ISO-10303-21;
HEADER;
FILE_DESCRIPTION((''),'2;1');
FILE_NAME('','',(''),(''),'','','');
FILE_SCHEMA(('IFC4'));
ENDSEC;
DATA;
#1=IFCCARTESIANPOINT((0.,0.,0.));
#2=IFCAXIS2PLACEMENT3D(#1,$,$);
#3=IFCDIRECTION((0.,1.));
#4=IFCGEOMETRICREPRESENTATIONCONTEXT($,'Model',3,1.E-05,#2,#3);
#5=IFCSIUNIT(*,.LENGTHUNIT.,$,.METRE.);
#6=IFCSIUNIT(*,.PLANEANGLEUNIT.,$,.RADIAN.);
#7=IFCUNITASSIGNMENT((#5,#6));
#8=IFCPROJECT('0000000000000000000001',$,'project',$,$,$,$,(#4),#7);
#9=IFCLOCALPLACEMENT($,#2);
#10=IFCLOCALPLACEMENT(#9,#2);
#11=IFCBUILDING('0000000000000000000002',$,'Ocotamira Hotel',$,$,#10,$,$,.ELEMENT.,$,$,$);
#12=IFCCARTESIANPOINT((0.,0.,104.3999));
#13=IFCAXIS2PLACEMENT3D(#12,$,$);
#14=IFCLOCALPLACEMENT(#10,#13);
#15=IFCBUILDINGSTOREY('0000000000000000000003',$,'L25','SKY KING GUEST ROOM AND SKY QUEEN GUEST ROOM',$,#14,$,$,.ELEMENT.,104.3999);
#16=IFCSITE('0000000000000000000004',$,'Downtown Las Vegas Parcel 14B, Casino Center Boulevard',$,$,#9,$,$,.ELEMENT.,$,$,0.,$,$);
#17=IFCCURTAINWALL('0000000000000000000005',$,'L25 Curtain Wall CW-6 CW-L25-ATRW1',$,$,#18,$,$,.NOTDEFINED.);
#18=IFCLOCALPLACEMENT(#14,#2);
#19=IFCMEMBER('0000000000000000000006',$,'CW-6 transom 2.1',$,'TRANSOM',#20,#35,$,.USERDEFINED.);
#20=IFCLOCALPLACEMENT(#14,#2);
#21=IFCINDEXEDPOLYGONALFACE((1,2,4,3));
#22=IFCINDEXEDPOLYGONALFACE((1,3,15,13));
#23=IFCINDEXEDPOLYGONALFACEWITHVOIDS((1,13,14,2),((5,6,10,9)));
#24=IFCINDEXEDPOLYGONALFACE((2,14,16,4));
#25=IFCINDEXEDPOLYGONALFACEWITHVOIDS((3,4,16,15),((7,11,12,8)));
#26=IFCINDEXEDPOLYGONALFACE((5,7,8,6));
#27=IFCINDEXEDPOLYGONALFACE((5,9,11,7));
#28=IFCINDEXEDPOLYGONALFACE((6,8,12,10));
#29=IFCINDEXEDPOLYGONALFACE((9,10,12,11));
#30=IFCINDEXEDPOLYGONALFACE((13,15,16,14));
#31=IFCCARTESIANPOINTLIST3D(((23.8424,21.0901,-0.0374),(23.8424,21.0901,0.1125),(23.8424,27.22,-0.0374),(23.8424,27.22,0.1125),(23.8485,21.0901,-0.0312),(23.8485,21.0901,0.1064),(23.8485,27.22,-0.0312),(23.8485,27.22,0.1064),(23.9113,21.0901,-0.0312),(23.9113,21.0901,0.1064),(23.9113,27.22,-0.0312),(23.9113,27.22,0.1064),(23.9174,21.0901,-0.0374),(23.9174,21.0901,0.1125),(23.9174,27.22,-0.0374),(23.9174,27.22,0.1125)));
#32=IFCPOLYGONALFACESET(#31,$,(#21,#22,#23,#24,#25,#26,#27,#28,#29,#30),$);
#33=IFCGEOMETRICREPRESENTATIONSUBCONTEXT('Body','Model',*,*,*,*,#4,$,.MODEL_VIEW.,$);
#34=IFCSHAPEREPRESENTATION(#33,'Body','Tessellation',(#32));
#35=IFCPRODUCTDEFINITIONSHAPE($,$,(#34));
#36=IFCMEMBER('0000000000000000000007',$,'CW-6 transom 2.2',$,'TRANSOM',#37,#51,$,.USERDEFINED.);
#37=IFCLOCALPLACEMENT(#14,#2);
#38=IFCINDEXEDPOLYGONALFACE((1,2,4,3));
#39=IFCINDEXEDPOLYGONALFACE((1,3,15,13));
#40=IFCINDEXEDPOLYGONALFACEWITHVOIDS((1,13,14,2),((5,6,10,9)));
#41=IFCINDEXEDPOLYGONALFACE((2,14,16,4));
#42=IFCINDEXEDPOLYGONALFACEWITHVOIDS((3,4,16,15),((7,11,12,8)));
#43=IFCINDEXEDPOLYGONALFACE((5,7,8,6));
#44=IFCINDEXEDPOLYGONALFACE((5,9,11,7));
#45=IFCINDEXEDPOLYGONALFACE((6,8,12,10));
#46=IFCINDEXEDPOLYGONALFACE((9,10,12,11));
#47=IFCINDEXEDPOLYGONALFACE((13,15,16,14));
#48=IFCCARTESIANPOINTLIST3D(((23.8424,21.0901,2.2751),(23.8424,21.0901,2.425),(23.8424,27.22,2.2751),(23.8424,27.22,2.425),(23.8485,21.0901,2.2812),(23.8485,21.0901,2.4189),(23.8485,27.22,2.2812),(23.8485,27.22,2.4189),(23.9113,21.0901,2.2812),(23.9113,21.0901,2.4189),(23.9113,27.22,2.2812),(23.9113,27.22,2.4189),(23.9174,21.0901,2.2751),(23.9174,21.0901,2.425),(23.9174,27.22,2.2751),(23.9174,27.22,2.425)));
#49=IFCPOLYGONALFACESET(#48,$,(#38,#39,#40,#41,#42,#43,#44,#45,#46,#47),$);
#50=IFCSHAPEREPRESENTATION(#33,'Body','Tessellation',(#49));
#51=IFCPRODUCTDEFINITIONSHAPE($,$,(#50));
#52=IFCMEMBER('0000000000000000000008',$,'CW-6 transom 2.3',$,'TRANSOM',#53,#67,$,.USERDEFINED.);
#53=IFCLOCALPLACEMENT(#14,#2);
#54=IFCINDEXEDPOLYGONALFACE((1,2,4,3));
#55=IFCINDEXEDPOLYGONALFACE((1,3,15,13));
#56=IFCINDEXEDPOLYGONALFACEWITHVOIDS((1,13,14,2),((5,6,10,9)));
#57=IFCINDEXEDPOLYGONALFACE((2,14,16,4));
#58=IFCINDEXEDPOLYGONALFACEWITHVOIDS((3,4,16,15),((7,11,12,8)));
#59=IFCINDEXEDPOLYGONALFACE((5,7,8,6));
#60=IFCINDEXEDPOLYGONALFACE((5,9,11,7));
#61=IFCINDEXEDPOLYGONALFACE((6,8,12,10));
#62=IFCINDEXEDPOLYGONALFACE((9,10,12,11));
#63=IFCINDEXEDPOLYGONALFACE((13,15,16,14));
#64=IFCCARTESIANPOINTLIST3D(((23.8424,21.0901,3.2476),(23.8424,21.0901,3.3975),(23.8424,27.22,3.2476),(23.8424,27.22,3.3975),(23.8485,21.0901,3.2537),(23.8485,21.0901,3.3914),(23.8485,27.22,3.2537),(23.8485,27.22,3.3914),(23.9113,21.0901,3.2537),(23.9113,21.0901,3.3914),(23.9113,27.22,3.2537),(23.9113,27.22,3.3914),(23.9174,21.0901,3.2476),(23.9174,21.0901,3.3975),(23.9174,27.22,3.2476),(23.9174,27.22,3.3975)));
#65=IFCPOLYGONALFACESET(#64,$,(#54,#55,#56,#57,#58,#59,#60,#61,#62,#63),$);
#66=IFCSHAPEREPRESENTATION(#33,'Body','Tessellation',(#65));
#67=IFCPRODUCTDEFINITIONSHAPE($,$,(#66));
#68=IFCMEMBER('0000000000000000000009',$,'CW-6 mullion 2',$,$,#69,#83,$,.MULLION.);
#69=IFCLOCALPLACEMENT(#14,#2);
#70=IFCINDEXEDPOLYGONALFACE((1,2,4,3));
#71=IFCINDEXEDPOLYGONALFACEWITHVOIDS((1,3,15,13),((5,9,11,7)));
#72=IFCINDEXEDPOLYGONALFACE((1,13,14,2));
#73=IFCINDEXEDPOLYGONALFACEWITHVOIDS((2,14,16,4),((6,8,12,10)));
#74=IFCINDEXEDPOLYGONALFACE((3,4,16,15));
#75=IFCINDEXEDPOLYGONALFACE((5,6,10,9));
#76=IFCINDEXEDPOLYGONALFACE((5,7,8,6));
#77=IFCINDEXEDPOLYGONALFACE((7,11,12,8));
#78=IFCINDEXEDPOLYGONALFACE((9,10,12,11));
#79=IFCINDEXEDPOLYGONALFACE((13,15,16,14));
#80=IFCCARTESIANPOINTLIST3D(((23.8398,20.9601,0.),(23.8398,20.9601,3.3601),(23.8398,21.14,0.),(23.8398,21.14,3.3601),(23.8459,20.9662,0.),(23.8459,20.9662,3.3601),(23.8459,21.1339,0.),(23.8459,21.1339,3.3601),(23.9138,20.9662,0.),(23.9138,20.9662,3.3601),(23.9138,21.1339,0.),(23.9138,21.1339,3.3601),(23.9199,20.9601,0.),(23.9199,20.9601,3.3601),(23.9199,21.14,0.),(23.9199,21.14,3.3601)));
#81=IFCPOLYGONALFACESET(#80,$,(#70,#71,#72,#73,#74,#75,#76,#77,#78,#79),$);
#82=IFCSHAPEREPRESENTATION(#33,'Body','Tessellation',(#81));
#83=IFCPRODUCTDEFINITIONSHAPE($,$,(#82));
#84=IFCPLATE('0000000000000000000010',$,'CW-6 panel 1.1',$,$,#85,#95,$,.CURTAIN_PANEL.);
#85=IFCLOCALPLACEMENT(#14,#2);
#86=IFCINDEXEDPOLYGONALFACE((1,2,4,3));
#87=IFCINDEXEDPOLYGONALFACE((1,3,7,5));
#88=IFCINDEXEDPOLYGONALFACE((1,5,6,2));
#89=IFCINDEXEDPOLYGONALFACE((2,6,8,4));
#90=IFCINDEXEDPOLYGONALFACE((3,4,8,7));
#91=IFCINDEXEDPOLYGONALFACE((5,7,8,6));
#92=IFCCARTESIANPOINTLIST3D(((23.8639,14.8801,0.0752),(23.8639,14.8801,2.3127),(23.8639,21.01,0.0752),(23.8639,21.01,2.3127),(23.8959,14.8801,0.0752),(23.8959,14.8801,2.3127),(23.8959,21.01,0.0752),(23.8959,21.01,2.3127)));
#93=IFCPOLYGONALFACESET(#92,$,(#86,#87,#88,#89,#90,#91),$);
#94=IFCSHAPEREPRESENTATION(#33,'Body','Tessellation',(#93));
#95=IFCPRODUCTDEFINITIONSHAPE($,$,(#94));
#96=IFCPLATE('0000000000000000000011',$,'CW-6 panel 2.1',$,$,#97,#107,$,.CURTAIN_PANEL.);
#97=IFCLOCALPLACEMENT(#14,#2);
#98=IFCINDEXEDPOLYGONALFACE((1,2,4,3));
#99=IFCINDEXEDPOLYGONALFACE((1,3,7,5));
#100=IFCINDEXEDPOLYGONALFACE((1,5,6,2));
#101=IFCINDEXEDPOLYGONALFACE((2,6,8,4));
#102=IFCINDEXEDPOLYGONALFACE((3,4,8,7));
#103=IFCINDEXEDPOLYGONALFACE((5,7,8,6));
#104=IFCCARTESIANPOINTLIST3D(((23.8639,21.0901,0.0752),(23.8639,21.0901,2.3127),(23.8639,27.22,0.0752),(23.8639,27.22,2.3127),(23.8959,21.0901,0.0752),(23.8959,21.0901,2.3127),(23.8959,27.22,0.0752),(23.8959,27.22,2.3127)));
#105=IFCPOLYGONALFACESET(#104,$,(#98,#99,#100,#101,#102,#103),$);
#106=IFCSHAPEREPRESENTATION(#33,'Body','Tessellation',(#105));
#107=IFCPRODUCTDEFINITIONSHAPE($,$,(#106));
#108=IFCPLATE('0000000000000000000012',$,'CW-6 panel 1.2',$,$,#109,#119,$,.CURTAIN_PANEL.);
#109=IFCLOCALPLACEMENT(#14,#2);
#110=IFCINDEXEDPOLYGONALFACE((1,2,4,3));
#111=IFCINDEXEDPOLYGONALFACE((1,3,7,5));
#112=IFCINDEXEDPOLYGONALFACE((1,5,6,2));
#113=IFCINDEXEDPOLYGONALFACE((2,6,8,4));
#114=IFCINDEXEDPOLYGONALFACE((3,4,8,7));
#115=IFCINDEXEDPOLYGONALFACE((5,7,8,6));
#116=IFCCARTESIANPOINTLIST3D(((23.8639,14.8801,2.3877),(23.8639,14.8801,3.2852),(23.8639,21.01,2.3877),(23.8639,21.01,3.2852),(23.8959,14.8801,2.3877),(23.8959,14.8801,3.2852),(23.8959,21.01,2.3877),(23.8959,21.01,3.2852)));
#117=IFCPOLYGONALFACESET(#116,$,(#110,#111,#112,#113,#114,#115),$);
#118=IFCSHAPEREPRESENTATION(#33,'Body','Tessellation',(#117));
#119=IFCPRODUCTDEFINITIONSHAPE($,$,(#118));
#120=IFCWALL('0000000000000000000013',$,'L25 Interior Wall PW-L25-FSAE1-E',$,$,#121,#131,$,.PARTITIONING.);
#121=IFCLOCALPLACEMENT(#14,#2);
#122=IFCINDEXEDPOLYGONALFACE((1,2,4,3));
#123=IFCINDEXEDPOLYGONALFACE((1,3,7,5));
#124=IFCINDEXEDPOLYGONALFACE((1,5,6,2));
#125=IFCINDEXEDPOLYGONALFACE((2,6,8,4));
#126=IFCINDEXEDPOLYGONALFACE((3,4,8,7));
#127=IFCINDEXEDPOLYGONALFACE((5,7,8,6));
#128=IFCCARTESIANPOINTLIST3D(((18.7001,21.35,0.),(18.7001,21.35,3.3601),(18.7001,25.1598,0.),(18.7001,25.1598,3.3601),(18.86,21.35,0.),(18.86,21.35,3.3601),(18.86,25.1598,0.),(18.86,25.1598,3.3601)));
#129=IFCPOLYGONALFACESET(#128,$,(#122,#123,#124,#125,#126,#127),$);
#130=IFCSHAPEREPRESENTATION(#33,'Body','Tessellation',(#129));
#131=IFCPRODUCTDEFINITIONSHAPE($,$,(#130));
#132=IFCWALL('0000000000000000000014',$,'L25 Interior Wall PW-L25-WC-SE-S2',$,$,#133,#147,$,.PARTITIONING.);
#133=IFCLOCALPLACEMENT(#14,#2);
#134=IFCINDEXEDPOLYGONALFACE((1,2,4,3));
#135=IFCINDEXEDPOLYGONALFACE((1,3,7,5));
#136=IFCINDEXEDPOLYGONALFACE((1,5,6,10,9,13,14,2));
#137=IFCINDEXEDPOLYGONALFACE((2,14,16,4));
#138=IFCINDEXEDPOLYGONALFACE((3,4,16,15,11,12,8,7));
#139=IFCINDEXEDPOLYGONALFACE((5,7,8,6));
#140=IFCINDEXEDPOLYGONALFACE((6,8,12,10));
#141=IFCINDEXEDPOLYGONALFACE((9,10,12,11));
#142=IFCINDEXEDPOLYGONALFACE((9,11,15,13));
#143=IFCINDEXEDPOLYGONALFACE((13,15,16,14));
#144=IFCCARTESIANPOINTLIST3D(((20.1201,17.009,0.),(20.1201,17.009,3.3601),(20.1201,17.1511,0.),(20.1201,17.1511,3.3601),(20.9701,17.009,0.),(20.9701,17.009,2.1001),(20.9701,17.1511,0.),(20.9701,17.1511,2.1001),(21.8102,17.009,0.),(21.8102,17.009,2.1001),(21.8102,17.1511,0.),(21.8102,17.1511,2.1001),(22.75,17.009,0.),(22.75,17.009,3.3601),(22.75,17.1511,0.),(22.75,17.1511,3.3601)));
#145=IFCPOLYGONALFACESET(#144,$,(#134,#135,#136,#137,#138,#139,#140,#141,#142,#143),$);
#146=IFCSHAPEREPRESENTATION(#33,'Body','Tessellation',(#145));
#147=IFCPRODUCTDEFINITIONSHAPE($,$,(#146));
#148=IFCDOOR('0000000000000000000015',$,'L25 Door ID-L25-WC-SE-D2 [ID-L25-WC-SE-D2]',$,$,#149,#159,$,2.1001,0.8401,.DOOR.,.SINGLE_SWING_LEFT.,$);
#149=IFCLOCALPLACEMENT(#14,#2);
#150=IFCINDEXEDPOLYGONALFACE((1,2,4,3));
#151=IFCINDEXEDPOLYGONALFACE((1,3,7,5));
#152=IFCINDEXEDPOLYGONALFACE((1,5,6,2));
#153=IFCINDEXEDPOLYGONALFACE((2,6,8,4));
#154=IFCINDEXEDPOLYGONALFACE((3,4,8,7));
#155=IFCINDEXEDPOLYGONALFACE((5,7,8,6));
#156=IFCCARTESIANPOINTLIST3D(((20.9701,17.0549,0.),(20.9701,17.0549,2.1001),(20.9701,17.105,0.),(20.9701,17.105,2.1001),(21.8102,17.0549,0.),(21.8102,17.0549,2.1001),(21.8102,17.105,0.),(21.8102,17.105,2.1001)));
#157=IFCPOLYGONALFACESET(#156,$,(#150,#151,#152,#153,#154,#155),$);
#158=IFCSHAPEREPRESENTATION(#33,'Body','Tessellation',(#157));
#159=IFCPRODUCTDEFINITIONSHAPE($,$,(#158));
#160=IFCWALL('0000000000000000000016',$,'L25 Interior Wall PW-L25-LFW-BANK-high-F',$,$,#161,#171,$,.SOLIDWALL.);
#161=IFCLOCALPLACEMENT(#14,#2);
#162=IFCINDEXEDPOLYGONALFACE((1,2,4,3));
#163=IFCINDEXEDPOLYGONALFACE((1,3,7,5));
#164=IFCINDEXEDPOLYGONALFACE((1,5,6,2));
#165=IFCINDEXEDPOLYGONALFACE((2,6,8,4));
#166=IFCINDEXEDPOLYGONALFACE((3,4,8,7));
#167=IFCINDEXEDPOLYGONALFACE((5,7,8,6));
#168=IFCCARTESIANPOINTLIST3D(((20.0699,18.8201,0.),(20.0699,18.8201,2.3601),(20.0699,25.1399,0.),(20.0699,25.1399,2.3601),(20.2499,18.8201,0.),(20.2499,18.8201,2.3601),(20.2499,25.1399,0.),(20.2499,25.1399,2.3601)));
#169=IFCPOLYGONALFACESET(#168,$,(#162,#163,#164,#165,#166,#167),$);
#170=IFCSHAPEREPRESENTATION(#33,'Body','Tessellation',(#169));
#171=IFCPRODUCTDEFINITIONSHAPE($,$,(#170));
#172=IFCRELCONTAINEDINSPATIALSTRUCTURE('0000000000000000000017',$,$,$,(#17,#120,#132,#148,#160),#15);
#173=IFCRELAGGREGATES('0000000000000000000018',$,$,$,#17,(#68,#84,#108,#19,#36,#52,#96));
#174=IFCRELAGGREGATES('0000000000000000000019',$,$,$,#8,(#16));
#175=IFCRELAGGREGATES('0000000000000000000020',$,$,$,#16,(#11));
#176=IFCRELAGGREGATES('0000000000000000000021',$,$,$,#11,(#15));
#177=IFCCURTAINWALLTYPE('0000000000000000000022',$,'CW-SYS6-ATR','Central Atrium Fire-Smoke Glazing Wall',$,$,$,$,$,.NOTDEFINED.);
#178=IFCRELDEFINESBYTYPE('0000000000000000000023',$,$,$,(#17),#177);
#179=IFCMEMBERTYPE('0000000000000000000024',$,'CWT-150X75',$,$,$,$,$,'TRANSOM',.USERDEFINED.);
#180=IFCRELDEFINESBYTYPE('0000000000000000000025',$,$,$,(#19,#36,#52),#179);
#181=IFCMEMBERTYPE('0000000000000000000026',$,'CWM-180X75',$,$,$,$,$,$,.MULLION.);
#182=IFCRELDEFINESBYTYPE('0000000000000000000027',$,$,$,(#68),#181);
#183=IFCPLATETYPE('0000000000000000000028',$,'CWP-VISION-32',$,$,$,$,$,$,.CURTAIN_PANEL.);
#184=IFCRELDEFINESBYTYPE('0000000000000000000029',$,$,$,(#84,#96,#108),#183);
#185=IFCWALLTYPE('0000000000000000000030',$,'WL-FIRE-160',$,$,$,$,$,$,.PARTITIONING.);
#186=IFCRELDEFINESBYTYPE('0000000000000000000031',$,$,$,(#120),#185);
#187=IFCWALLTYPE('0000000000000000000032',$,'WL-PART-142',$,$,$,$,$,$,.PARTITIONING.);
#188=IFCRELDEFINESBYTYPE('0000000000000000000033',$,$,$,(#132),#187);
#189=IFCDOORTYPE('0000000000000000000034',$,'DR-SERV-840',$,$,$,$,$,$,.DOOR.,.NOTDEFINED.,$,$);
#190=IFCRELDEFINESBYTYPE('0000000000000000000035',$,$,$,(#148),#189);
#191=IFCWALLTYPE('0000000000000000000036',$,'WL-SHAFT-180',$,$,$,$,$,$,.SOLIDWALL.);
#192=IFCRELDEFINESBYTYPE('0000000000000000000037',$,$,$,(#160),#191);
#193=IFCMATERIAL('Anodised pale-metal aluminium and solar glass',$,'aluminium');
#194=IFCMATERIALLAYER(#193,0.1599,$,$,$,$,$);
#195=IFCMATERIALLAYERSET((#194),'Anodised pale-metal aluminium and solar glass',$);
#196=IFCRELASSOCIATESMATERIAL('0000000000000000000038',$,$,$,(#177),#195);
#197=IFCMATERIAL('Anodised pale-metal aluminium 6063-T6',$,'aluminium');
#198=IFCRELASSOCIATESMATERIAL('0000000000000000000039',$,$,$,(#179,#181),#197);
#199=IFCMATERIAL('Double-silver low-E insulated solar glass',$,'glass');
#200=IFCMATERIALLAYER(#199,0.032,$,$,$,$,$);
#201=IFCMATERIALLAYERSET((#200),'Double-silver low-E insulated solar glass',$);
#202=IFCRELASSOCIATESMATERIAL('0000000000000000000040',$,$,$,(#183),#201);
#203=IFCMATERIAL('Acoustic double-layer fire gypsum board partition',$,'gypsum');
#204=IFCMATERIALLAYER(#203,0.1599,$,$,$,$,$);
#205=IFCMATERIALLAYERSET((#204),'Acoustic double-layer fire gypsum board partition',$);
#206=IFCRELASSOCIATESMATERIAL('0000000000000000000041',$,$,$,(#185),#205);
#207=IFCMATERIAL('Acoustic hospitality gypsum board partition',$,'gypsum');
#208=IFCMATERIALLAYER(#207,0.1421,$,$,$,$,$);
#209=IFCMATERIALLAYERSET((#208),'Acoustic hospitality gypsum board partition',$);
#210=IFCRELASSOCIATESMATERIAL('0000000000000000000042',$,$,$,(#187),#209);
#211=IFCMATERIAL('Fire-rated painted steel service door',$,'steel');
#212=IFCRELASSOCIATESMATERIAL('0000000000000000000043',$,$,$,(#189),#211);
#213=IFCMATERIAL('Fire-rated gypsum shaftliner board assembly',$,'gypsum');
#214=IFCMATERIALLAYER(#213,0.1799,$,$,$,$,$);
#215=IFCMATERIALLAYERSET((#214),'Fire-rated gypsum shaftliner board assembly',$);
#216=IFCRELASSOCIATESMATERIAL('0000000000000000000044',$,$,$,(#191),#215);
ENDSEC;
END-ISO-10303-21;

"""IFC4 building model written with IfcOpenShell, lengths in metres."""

from ifc_helpers import new_model, si_unit, direction, frame, frame_2d, origin, origin_2d, place, context, subcontext, project, spatial, rectangle, hollow_rectangle, extrude, source, transform, mapped, material, layer, layer_set, material_profile, profile_set, type_object, element, fill, aggregate, save


model = new_model("IFC4")

# Units and contexts
model_context = context("Model", 3, precision=1e-05, world=origin(), true_north=direction((0.0, 1.0)))
body_context = subcontext(model_context, "Body", "Model", "MODEL_VIEW")
ifc_project = project(units=[si_unit("LENGTHUNIT", "METRE"), si_unit("PLANEANGLEUNIT", "RADIAN")], contexts=[model_context])

# Site, building, storey
site_placement = place(None, origin())
site = spatial("IfcSite", under=ifc_project, at=site_placement, Name="Downtown Las Vegas Parcel 14B, Casino Center Boulevard", CompositionType="ELEMENT", RefElevation=0.0)
building_placement = place(site_placement, origin())
building = spatial("IfcBuilding", under=site, at=building_placement, Name="Ocotamira Hotel", CompositionType="ELEMENT")
storey_placement = place(building_placement, frame((0.0, 0.0, 104.3999)))
storey = spatial("IfcBuildingStorey", under=building, at=storey_placement, Name="L25", Description="SKY KING GUEST ROOM AND SKY QUEEN GUEST ROOM", CompositionType="ELEMENT", Elevation=104.3999)

# Curtain wall, members, plates
ifc_material_1 = material(Name="Anodised pale-metal aluminium and solar glass", Category="aluminium")
ifc_layer_1 = layer(ifc_material_1, 0.1599)
ifc_layer_set_1 = layer_set([ifc_layer_1], Name="Anodised pale-metal aluminium and solar glass")
curtain_wall_type = type_object("IfcCurtainWallType", Name="CW-SYS6-ATR", Description="Central Atrium Fire-Smoke Glazing Wall", PredefinedType="NOTDEFINED", material=ifc_layer_set_1)
curtain_wall_placement = place(storey_placement, origin())
curtain_wall = element("IfcCurtainWall", 1, at=curtain_wall_placement, inside=storey, type_object=curtain_wall_type, Name="L25 Curtain Wall CW-6 CW-L25-ATRW1", PredefinedType="NOTDEFINED")
ifc_material_2 = material(Name="Anodised pale-metal aluminium 6063-T6", Category="aluminium")
ifc_material_profile_1 = material_profile(ifc_material_2, hollow_rectangle(XDim=0.075, YDim=0.1499, WallThickness=0.0061, at=origin_2d()), Name="HSS150X75X6")
ifc_profile_set_1 = profile_set([ifc_material_profile_1], Name="Anodised pale-metal aluminium 6063-T6")
member_type_1 = type_object("IfcMemberType", Name="CWT-150X75", ElementType="TRANSOM", PredefinedType="USERDEFINED", material=ifc_profile_set_1)
shared_shape_1 = source(origin(), body_context, "Body", "SweptSolid", [
    extrude(hollow_rectangle(XDim=0.075, YDim=0.1499, WallThickness=0.0061, at=origin_2d()), origin(), (0.0, 0.0, 1.0), 6.1299),
])
member_1_placement = place(storey_placement, frame((23.8799, 21.0901, 0.0376), z_axis=(0.0, 1.0, 0.0), x_axis=(-1.0, 0.0, 0.0)))
member_1 = element("IfcMember", 2, at=member_1_placement, type_object=member_type_1, Name="CW-6 transom 2.1", ObjectType="TRANSOM", PredefinedType="USERDEFINED", context=body_context, shape_type="MappedRepresentation", body=[
    mapped(shared_shape_1, transform((0.0, 0.0, 0.0), scale=1.0)),
])
member_2_placement = place(storey_placement, frame((23.8799, 21.0901, 2.3501), z_axis=(0.0, 1.0, 0.0), x_axis=(-1.0, 0.0, 0.0)))
member_2 = element("IfcMember", 3, at=member_2_placement, type_object=member_type_1, Name="CW-6 transom 2.2", ObjectType="TRANSOM", PredefinedType="USERDEFINED", context=body_context, shape_type="MappedRepresentation", body=[
    mapped(shared_shape_1, transform((0.0, 0.0, 0.0), scale=1.0)),
])
member_3_placement = place(storey_placement, frame((23.8799, 21.0901, 3.3225), z_axis=(0.0, 1.0, 0.0), x_axis=(-1.0, 0.0, 0.0)))
member_3 = element("IfcMember", 4, at=member_3_placement, type_object=member_type_1, Name="CW-6 transom 2.3", ObjectType="TRANSOM", PredefinedType="USERDEFINED", context=body_context, shape_type="MappedRepresentation", body=[
    mapped(shared_shape_1, transform((0.0, 0.0, 0.0), scale=1.0)),
])
ifc_material_profile_2 = material_profile(ifc_material_2, hollow_rectangle(XDim=0.0801, YDim=0.1799, WallThickness=0.0061, at=origin_2d()), Name="HSS180X80X6")
ifc_profile_set_2 = profile_set([ifc_material_profile_2], Name="Anodised pale-metal aluminium 6063-T6")
member_type_2 = type_object("IfcMemberType", Name="CWM-180X75", PredefinedType="MULLION", material=ifc_profile_set_2)
shared_shape_2 = source(origin(), body_context, "Body", "SweptSolid", [
    extrude(hollow_rectangle(XDim=0.0801, YDim=0.1799, WallThickness=0.0061, at=origin_2d()), origin(), (0.0, 0.0, 1.0), 3.3601),
])
member_4_placement = place(storey_placement, frame((23.8799, 21.05, 0.0), z_axis=(0.0, 0.0, 1.0), x_axis=(-1.0, 0.0, 0.0)))
member_4 = element("IfcMember", 5, at=member_4_placement, type_object=member_type_2, Name="CW-6 mullion 2", PredefinedType="MULLION", context=body_context, shape_type="MappedRepresentation", body=[
    mapped(shared_shape_2, transform((0.0, 0.0, 0.0), scale=1.0)),
])
ifc_material_3 = material(Name="Double-silver low-E insulated solar glass", Category="glass")
ifc_layer_2 = layer(ifc_material_3, 0.032)
ifc_layer_set_2 = layer_set([ifc_layer_2], Name="Double-silver low-E insulated solar glass")
plate_type = type_object("IfcPlateType", Name="CWP-VISION-32", PredefinedType="CURTAIN_PANEL", material=ifc_layer_set_2)
shared_shape_3 = source(origin(), body_context, "Body", "SweptSolid", [
    extrude(rectangle(XDim=6.1299, YDim=0.032, at=origin_2d()), origin(), (0.0, 0.0, 1.0), 2.2375),
])
plate_1_placement = place(storey_placement, frame((23.8799, 17.9451, 0.0752), z_axis=(0.0, 0.0, 1.0), x_axis=(0.0, 1.0, 0.0)))
plate_1 = element("IfcPlate", 6, at=plate_1_placement, type_object=plate_type, Name="CW-6 panel 1.1", PredefinedType="CURTAIN_PANEL", context=body_context, shape_type="MappedRepresentation", body=[
    mapped(shared_shape_3, transform((0.0, 0.0, 0.0), scale=1.0)),
])
plate_2_placement = place(storey_placement, frame((23.8799, 24.155, 0.0752), z_axis=(0.0, 0.0, 1.0), x_axis=(0.0, 1.0, 0.0)))
plate_2 = element("IfcPlate", 7, at=plate_2_placement, type_object=plate_type, Name="CW-6 panel 2.1", PredefinedType="CURTAIN_PANEL", context=body_context, shape_type="MappedRepresentation", body=[
    mapped(shared_shape_3, transform((0.0, 0.0, 0.0), scale=1.0)),
])
shared_shape_4 = source(origin(), body_context, "Body", "SweptSolid", [
    extrude(rectangle(XDim=6.1299, YDim=0.032, at=origin_2d()), origin(), (0.0, 0.0, 1.0), 0.8975),
])
plate_3_placement = place(storey_placement, frame((23.8799, 17.9451, 2.3877), z_axis=(0.0, 0.0, 1.0), x_axis=(0.0, 1.0, 0.0)))
plate_3 = element("IfcPlate", 8, at=plate_3_placement, type_object=plate_type, Name="CW-6 panel 1.2", PredefinedType="CURTAIN_PANEL", context=body_context, shape_type="MappedRepresentation", body=[
    mapped(shared_shape_4, transform((0.0, 0.0, 0.0), scale=1.0)),
])
aggregate(curtain_wall, [member_4, plate_1, plate_3, member_1, member_2, member_3, plate_2])

# Shared definitions
ifc_material_4 = material(Name="Acoustic double-layer fire gypsum board partition", Category="gypsum")
ifc_layer_3 = layer(ifc_material_4, 0.1599)
ifc_layer_set_3 = layer_set([ifc_layer_3], Name="Acoustic double-layer fire gypsum board partition")
wall_type_1 = type_object("IfcWallType", Name="WL-FIRE-160", PredefinedType="PARTITIONING", material=ifc_layer_set_3)

# Wall
wall_1_placement = place(storey_placement, frame((18.78, 21.3501, 0.0), z_axis=(0.0, 0.0, 1.0), x_axis=(0.0, 1.0, 0.0)))
element("IfcWall", 9, at=wall_1_placement, inside=storey, type_object=wall_type_1, Name="L25 Interior Wall PW-L25-FSAE1-E", PredefinedType="PARTITIONING", context=body_context, shape_type="SweptSolid", body=[
    extrude(rectangle(XDim=3.8098, YDim=0.1599, at=frame_2d((1.9048, 0.0))), origin(), (0.0, 0.0, 1.0), 3.3601),
])

# Wall, opening, door
ifc_material_5 = material(Name="Acoustic hospitality gypsum board partition", Category="gypsum")
ifc_layer_4 = layer(ifc_material_5, 0.1421)
ifc_layer_set_4 = layer_set([ifc_layer_4], Name="Acoustic hospitality gypsum board partition")
wall_type_2 = type_object("IfcWallType", Name="WL-PART-142", PredefinedType="PARTITIONING", material=ifc_layer_set_4)
wall_2_placement = place(storey_placement, frame((20.1201, 17.0801, 0.0), z_axis=(0.0, 0.0, 1.0), x_axis=(1.0, 0.0, 0.0)))
wall_2 = element("IfcWall", 10, at=wall_2_placement, inside=storey, type_object=wall_type_2, Name="L25 Interior Wall PW-L25-WC-SE-S2", PredefinedType="PARTITIONING", context=body_context, shape_type="SweptSolid", body=[
    extrude(rectangle(XDim=2.6299, YDim=0.1421, at=frame_2d((1.3149, 0.0))), origin(), (0.0, 0.0, 1.0), 3.3601),
])
opening_1_placement = place(wall_2_placement, frame((0.8501, 0.0, 0.0)))
opening_1 = element("IfcOpeningElement", 11, at=opening_1_placement, cuts=wall_2, PredefinedType="OPENING", context=body_context, shape_type="SweptSolid", body=[
    extrude(rectangle(XDim=0.8401, YDim=2.1001, at=frame_2d((0.4199, 1.05))), frame((0.0, 0.0811, 0.0), z_axis=(0.0, -1.0, 0.0), x_axis=(1.0, 0.0, 0.0)), (0.0, 0.0, 1.0), 0.1621),
])
ifc_material_6 = material(Name="Fire-rated painted steel service door", Category="steel")
door_type_1 = type_object("IfcDoorType", Name="DR-SERV-840", OperationType="NOTDEFINED", PredefinedType="DOOR", material=ifc_material_6)
shared_shape_5 = source(origin(), body_context, "Body", "SweptSolid", [
    extrude(rectangle(XDim=0.8401, YDim=2.1001, at=frame_2d((0.4199, 1.05))), frame((0.0, 0.0249, 0.0), z_axis=(0.0, -1.0, 0.0), x_axis=(1.0, 0.0, 0.0)), (0.0, 0.0, 1.0), 0.05),
])
door_1_placement = place(opening_1_placement, origin())
door_1 = element("IfcDoor", 12, at=door_1_placement, inside=storey, type_object=door_type_1, Name="L25 Door ID-L25-WC-SE-D2 [ID-L25-WC-SE-D2]", OperationType="SINGLE_SWING_LEFT", OverallHeight=2.1001, OverallWidth=0.8401, PredefinedType="DOOR", context=body_context, shape_type="MappedRepresentation", body=[
    mapped(shared_shape_5, transform((0.0, 0.0, 0.0), scale=1.0)),
])
fill(opening_1, door_1)

# Wall
ifc_material_7 = material(Name="Fire-rated gypsum shaftliner board assembly", Category="gypsum")
ifc_layer_5 = layer(ifc_material_7, 0.1799)
ifc_layer_set_5 = layer_set([ifc_layer_5], Name="Fire-rated gypsum shaftliner board assembly")
wall_type_3 = type_object("IfcWallType", Name="WL-SHAFT-180", PredefinedType="SOLIDWALL", material=ifc_layer_set_5)
wall_3_placement = place(storey_placement, frame((20.1599, 18.8201, 0.0), z_axis=(0.0, 0.0, 1.0), x_axis=(0.0, 1.0, 0.0)))
element("IfcWall", 13, at=wall_3_placement, inside=storey, type_object=wall_type_3, Name="L25 Interior Wall PW-L25-LFW-BANK-high-F", PredefinedType="SOLIDWALL", context=body_context, shape_type="SweptSolid", body=[
    extrude(rectangle(XDim=6.3198, YDim=0.1799, at=frame_2d((3.1599, 0.0))), origin(), (0.0, 0.0, 1.0), 2.3601),
])

save(model, "model.ifc")
